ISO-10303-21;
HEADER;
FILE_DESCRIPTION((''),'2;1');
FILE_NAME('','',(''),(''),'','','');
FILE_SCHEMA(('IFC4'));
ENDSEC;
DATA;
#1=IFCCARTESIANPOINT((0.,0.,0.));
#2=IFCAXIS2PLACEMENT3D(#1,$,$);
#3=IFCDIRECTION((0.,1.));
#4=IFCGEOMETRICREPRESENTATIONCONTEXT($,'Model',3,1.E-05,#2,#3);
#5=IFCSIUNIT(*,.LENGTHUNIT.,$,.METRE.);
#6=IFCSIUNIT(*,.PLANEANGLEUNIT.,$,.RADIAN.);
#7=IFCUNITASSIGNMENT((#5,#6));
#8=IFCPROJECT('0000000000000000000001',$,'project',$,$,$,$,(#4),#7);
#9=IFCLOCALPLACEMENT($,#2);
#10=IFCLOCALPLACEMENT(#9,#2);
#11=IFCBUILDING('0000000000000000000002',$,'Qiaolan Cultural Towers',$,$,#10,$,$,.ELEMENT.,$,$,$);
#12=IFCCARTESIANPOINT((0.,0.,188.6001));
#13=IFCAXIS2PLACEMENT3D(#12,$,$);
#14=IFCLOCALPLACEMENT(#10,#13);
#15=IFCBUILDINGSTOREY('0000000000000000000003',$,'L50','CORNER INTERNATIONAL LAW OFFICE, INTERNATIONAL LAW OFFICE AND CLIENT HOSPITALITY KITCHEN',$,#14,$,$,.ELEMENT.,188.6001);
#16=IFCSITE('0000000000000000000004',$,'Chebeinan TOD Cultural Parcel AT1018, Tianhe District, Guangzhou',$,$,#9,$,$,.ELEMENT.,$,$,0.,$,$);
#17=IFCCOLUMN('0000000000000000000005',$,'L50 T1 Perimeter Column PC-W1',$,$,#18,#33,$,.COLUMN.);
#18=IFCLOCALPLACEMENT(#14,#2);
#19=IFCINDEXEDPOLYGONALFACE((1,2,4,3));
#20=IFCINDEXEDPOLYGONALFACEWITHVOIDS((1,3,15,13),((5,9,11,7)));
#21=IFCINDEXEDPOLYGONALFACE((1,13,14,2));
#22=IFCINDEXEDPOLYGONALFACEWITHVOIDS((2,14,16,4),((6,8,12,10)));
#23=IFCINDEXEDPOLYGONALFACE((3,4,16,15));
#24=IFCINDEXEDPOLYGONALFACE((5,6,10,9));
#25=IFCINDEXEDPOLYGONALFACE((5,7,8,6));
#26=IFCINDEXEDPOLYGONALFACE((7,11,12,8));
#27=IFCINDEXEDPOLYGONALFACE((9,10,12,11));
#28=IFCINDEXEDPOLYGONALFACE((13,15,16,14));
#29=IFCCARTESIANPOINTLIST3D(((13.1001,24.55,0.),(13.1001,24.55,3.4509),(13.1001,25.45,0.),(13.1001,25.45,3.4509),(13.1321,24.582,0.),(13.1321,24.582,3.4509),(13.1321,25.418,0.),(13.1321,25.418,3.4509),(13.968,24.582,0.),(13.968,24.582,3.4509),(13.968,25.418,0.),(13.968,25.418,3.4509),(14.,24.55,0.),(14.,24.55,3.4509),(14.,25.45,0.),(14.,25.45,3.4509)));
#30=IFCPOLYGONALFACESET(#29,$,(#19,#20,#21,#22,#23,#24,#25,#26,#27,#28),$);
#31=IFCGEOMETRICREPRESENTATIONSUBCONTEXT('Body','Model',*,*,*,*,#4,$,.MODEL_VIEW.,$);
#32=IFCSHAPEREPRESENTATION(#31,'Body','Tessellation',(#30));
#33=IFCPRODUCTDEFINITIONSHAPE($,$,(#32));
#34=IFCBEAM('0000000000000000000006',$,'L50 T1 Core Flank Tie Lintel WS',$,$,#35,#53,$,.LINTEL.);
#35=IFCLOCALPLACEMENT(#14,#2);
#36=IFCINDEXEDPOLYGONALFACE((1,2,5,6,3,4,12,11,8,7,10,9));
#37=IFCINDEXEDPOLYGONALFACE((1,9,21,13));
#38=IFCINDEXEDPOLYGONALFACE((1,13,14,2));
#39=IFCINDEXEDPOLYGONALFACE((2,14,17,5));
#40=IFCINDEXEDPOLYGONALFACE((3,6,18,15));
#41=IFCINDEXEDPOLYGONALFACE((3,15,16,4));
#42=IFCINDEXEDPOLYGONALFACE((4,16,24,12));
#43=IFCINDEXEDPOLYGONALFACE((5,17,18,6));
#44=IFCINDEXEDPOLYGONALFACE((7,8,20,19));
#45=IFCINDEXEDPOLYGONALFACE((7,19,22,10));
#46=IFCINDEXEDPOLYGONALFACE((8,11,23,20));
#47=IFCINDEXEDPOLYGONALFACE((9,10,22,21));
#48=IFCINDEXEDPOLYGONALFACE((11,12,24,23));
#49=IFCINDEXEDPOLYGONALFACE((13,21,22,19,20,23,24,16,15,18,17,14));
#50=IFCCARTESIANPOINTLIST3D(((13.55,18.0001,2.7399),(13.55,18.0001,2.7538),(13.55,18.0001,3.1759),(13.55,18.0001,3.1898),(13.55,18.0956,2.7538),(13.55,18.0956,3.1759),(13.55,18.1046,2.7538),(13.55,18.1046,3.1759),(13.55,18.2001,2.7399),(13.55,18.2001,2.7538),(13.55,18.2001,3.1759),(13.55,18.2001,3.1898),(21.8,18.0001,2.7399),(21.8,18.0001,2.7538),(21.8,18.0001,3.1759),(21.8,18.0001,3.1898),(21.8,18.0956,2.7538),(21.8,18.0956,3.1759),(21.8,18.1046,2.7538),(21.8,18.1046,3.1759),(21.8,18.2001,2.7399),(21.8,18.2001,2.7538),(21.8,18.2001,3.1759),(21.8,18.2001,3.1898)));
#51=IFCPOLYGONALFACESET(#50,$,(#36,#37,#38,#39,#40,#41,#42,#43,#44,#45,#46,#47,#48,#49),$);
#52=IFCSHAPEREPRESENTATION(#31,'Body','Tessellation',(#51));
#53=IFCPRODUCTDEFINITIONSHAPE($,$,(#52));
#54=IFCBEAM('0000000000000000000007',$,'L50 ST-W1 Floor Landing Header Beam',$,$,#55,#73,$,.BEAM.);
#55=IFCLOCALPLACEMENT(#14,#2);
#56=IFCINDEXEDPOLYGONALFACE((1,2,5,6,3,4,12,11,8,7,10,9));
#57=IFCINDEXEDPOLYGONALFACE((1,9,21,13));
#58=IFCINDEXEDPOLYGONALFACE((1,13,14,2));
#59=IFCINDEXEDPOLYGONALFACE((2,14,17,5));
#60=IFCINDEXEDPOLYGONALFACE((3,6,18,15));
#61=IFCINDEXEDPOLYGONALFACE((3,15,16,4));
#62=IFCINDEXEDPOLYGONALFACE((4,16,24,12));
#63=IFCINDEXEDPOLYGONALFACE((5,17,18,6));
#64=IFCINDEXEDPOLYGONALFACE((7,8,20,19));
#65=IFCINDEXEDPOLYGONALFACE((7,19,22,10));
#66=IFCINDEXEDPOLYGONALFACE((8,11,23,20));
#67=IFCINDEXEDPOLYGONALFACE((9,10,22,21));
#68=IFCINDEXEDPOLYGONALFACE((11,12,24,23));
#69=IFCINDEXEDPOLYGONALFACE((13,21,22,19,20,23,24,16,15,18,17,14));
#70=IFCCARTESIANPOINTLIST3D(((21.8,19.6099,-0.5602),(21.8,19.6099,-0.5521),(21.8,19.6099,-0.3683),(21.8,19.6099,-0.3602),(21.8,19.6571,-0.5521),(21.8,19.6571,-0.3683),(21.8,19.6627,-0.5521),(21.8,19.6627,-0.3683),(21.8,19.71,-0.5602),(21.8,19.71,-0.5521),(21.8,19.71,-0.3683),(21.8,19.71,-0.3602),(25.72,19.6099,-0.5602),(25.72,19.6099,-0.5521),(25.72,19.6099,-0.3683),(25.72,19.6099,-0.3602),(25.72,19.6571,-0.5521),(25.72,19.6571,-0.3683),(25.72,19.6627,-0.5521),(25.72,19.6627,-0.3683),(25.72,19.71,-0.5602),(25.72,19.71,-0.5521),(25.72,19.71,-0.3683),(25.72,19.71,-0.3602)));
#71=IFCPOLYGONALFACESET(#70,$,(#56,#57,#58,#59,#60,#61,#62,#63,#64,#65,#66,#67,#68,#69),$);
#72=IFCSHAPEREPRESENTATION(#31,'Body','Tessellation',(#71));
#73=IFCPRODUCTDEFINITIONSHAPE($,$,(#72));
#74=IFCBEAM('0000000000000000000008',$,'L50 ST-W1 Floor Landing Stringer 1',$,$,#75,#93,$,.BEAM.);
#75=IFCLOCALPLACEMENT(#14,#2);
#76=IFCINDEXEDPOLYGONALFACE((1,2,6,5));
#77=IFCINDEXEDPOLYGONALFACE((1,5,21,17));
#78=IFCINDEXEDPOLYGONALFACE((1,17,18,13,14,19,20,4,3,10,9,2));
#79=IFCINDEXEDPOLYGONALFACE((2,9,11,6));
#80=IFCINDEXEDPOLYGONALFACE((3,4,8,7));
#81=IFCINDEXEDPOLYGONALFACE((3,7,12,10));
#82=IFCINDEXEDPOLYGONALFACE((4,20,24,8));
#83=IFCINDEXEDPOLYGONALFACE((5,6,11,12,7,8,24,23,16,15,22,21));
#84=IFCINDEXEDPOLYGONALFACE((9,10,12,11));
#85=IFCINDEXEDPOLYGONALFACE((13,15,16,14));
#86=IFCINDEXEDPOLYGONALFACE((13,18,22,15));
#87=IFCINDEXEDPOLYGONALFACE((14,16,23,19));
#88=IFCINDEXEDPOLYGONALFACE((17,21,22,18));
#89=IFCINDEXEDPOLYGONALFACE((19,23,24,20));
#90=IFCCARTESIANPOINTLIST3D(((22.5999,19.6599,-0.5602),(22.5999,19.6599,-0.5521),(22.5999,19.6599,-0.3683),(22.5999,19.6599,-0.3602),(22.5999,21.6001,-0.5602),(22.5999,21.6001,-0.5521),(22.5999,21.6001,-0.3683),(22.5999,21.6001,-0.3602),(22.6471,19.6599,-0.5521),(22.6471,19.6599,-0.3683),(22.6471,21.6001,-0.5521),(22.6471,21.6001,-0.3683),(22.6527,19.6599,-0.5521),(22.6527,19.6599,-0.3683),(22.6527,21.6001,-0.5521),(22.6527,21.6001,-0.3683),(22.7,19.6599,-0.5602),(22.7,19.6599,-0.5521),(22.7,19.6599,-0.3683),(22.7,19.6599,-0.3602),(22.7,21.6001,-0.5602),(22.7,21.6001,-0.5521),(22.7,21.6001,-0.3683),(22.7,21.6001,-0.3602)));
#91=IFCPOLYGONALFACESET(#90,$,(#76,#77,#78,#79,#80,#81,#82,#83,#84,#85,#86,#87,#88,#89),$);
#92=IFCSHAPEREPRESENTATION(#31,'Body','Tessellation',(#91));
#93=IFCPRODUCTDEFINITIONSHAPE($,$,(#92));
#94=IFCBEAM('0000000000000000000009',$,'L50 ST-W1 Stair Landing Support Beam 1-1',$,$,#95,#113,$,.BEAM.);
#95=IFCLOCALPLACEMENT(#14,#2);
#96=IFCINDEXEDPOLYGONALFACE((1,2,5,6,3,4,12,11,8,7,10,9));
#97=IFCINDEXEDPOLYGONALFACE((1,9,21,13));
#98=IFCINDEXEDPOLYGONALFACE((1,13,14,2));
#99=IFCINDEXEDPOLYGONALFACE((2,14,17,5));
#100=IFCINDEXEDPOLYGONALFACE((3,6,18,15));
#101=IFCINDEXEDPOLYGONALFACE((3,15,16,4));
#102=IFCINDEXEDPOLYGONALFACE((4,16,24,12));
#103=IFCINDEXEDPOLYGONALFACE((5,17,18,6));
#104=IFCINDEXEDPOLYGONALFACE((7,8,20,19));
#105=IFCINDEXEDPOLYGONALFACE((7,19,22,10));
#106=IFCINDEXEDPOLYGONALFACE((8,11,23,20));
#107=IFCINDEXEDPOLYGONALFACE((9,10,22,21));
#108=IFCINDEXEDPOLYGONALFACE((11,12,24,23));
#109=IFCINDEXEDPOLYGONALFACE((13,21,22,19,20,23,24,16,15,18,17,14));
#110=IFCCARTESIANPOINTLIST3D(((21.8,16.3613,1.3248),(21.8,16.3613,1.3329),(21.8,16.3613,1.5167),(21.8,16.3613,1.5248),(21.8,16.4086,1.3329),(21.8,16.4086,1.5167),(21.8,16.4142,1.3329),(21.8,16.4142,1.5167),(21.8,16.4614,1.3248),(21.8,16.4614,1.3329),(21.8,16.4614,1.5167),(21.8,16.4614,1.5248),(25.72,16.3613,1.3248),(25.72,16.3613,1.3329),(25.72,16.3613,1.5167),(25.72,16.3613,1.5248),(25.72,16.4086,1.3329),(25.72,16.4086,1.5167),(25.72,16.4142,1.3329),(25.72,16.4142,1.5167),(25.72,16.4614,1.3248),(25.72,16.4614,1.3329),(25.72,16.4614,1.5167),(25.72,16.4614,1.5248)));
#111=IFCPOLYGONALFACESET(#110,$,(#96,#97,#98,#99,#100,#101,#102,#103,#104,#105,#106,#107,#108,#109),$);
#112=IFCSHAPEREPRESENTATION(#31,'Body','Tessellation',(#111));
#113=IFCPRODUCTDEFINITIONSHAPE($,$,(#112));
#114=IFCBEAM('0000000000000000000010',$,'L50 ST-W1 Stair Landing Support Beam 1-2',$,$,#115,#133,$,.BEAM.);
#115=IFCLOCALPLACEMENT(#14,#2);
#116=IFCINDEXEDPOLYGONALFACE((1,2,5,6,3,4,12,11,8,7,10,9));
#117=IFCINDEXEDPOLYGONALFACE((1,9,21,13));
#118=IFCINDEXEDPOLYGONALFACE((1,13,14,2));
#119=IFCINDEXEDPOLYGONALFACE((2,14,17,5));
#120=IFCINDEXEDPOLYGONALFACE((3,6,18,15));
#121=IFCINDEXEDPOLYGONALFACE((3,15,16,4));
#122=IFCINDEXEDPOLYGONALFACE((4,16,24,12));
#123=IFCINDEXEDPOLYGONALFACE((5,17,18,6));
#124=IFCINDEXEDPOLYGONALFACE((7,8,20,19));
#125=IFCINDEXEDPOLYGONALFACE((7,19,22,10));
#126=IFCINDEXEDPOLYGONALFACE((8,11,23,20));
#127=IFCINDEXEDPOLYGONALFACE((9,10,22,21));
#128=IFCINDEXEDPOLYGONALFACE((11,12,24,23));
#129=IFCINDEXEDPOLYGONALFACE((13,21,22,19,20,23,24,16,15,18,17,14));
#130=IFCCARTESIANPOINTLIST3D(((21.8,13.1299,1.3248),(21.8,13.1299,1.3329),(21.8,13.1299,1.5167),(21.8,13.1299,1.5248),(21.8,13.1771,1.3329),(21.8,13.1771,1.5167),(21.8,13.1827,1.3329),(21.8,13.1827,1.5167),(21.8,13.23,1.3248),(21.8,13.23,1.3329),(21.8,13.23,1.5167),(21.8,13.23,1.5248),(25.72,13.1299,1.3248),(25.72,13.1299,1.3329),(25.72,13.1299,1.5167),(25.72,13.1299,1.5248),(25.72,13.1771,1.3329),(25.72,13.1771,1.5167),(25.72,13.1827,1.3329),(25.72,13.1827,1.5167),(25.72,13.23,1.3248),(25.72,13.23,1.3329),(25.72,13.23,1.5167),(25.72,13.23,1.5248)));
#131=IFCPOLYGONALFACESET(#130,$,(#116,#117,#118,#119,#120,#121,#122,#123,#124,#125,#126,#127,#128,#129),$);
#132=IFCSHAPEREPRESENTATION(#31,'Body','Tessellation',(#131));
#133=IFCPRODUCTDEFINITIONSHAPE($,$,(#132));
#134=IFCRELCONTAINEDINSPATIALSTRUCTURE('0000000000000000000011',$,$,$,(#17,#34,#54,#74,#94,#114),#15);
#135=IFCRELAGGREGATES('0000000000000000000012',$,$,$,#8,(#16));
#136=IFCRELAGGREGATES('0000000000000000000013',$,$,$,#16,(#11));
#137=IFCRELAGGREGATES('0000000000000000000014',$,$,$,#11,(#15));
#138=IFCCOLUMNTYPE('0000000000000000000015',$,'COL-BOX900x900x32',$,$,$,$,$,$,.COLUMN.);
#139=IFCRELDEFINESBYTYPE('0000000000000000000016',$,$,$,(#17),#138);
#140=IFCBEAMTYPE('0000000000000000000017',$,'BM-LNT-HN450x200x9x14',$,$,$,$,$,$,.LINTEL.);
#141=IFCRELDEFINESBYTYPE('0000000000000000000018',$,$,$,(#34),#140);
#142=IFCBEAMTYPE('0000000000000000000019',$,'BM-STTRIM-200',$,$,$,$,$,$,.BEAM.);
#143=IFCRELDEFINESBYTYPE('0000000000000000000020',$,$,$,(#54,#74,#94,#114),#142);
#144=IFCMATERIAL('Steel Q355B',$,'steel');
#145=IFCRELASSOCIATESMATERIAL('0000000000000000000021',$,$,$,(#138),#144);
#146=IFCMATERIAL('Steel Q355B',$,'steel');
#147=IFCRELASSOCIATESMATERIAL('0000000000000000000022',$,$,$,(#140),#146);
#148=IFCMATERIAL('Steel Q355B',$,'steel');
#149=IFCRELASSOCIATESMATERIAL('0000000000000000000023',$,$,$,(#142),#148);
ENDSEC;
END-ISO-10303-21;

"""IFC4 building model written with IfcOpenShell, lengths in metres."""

from ifc_helpers import new_model, si_unit, direction, frame, origin, origin_2d, place, context, subcontext, project, spatial, hollow_rectangle, i_section, extrude, material, material_profile, profile_set, type_object, element, save


model = new_model("IFC4")

# Units and contexts
model_context = context("Model", 3, precision=1e-05, world=origin(), true_north=direction((0.0, 1.0)))
body_context = subcontext(model_context, "Body", "Model", "MODEL_VIEW")
ifc_project = project(units=[si_unit("LENGTHUNIT", "METRE"), si_unit("PLANEANGLEUNIT", "RADIAN")], contexts=[model_context])

# Site, building, storey
site_placement = place(None, origin())
site = spatial("IfcSite", under=ifc_project, at=site_placement, Name="Chebeinan TOD Cultural Parcel AT1018, Tianhe District, Guangzhou", CompositionType="ELEMENT", RefElevation=0.0)
building_placement = place(site_placement, origin())
building = spatial("IfcBuilding", under=site, at=building_placement, Name="Qiaolan Cultural Towers", CompositionType="ELEMENT")
storey_placement = place(building_placement, frame((0.0, 0.0, 188.6001)))
storey = spatial("IfcBuildingStorey", under=building, at=storey_placement, Name="L50", Description="CORNER INTERNATIONAL LAW OFFICE, INTERNATIONAL LAW OFFICE AND CLIENT HOSPITALITY KITCHEN", CompositionType="ELEMENT", Elevation=188.6001)

# Column
ifc_material_1 = material(Name="Steel Q355B", Category="steel")
ifc_material_profile_1 = material_profile(ifc_material_1, hollow_rectangle(XDim=0.8999, YDim=0.8999, WallThickness=0.032, at=origin_2d()), Name="BOX900x900x32")
ifc_profile_set_1 = profile_set([ifc_material_profile_1], Name="Steel Q355B")
column_type = type_object("IfcColumnType", Name="COL-BOX900x900x32", PredefinedType="COLUMN", material=ifc_profile_set_1)
column_placement = place(storey_placement, frame((13.55, 25.0, 0.0), z_axis=(0.0, 0.0, 1.0), x_axis=(1.0, 0.0, 0.0)))
element("IfcColumn", 1, at=column_placement, inside=storey, type_object=column_type, Name="L50 T1 Perimeter Column PC-W1", PredefinedType="COLUMN", context=body_context, shape_type="SweptSolid", body=[
    extrude(hollow_rectangle(XDim=0.8999, YDim=0.8999, WallThickness=0.032, at=origin_2d()), origin(), (0.0, 0.0, 1.0), 3.4509),
])

# Beams
ifc_material_2 = material(Name="Steel Q355B", Category="steel")
ifc_material_profile_2 = material_profile(ifc_material_2, i_section(OverallWidth=0.2, OverallDepth=0.45, WebThickness=0.009, FlangeThickness=0.0139, at=origin_2d()), Name="HN450x200x9x14")
ifc_profile_set_2 = profile_set([ifc_material_profile_2], Name="Steel Q355B")
beam_type_1 = type_object("IfcBeamType", Name="BM-LNT-HN450x200x9x14", PredefinedType="LINTEL", material=ifc_profile_set_2)
beam_1_placement = place(storey_placement, frame((21.8, 18.1001, 2.9648), z_axis=(-1.0, 0.0, 0.0), x_axis=(0.0, -1.0, 0.0)))
element("IfcBeam", 2, at=beam_1_placement, inside=storey, type_object=beam_type_1, Name="L50 T1 Core Flank Tie Lintel WS", PredefinedType="LINTEL", context=body_context, shape_type="SweptSolid", body=[
    extrude(i_section(OverallWidth=0.2, OverallDepth=0.45, WebThickness=0.009, FlangeThickness=0.0139, at=origin_2d()), origin(), (0.0, 0.0, 1.0), 8.25),
])
ifc_material_3 = material(Name="Steel Q355B", Category="steel")
ifc_material_profile_3 = material_profile(ifc_material_3, i_section(OverallWidth=0.1001, OverallDepth=0.2, WebThickness=0.0056, FlangeThickness=0.0081, at=origin_2d()), Name="HN200x100x5.5x8")
ifc_profile_set_3 = profile_set([ifc_material_profile_3], Name="Steel Q355B")
beam_type_2 = type_object("IfcBeamType", Name="BM-STTRIM-200", PredefinedType="BEAM", material=ifc_profile_set_3)
beam_2_placement = place(storey_placement, frame((21.8, 19.6599, -0.4602), z_axis=(1.0, 0.0, 0.0), x_axis=(0.0, 1.0, 0.0)))
element("IfcBeam", 3, at=beam_2_placement, inside=storey, type_object=beam_type_2, Name="L50 ST-W1 Floor Landing Header Beam", PredefinedType="BEAM", context=body_context, shape_type="SweptSolid", body=[
    extrude(i_section(OverallWidth=0.1001, OverallDepth=0.2, WebThickness=0.0056, FlangeThickness=0.0081, at=origin_2d()), origin(), (0.0, 0.0, 1.0), 3.9199),
])
beam_3_placement = place(storey_placement, frame((22.6499, 21.6001, -0.4602), z_axis=(0.0, -1.0, 0.0), x_axis=(1.0, 0.0, 0.0)))
element("IfcBeam", 4, at=beam_3_placement, inside=storey, type_object=beam_type_2, Name="L50 ST-W1 Floor Landing Stringer 1", PredefinedType="BEAM", context=body_context, shape_type="SweptSolid", body=[
    extrude(i_section(OverallWidth=0.1001, OverallDepth=0.2, WebThickness=0.0056, FlangeThickness=0.0081, at=origin_2d()), origin(), (0.0, 0.0, 1.0), 1.9402),
])
for number, where, z_axis, x_axis, name in (
    (5, (21.8, 16.4114, 1.4248), (1.0, 0.0, 0.0), (0.0, 1.0, 0.0), "L50 ST-W1 Stair Landing Support Beam 1-1"),
    (6, (21.8, 13.1799, 1.4248), (1.0, 0.0, 0.0), (0.0, 1.0, 0.0), "L50 ST-W1 Stair Landing Support Beam 1-2"),
):
    element("IfcBeam", number, at=place(storey_placement, frame(where, z_axis=z_axis, x_axis=x_axis)), inside=storey, type_object=beam_type_2, Name=name, PredefinedType="BEAM", context=body_context, shape_type="SweptSolid", body=[
        extrude(i_section(OverallWidth=0.1001, OverallDepth=0.2, WebThickness=0.0056, FlangeThickness=0.0081, at=origin_2d()), origin(), (0.0, 0.0, 1.0), 3.9199),
    ])

save(model, "model.ifc")
